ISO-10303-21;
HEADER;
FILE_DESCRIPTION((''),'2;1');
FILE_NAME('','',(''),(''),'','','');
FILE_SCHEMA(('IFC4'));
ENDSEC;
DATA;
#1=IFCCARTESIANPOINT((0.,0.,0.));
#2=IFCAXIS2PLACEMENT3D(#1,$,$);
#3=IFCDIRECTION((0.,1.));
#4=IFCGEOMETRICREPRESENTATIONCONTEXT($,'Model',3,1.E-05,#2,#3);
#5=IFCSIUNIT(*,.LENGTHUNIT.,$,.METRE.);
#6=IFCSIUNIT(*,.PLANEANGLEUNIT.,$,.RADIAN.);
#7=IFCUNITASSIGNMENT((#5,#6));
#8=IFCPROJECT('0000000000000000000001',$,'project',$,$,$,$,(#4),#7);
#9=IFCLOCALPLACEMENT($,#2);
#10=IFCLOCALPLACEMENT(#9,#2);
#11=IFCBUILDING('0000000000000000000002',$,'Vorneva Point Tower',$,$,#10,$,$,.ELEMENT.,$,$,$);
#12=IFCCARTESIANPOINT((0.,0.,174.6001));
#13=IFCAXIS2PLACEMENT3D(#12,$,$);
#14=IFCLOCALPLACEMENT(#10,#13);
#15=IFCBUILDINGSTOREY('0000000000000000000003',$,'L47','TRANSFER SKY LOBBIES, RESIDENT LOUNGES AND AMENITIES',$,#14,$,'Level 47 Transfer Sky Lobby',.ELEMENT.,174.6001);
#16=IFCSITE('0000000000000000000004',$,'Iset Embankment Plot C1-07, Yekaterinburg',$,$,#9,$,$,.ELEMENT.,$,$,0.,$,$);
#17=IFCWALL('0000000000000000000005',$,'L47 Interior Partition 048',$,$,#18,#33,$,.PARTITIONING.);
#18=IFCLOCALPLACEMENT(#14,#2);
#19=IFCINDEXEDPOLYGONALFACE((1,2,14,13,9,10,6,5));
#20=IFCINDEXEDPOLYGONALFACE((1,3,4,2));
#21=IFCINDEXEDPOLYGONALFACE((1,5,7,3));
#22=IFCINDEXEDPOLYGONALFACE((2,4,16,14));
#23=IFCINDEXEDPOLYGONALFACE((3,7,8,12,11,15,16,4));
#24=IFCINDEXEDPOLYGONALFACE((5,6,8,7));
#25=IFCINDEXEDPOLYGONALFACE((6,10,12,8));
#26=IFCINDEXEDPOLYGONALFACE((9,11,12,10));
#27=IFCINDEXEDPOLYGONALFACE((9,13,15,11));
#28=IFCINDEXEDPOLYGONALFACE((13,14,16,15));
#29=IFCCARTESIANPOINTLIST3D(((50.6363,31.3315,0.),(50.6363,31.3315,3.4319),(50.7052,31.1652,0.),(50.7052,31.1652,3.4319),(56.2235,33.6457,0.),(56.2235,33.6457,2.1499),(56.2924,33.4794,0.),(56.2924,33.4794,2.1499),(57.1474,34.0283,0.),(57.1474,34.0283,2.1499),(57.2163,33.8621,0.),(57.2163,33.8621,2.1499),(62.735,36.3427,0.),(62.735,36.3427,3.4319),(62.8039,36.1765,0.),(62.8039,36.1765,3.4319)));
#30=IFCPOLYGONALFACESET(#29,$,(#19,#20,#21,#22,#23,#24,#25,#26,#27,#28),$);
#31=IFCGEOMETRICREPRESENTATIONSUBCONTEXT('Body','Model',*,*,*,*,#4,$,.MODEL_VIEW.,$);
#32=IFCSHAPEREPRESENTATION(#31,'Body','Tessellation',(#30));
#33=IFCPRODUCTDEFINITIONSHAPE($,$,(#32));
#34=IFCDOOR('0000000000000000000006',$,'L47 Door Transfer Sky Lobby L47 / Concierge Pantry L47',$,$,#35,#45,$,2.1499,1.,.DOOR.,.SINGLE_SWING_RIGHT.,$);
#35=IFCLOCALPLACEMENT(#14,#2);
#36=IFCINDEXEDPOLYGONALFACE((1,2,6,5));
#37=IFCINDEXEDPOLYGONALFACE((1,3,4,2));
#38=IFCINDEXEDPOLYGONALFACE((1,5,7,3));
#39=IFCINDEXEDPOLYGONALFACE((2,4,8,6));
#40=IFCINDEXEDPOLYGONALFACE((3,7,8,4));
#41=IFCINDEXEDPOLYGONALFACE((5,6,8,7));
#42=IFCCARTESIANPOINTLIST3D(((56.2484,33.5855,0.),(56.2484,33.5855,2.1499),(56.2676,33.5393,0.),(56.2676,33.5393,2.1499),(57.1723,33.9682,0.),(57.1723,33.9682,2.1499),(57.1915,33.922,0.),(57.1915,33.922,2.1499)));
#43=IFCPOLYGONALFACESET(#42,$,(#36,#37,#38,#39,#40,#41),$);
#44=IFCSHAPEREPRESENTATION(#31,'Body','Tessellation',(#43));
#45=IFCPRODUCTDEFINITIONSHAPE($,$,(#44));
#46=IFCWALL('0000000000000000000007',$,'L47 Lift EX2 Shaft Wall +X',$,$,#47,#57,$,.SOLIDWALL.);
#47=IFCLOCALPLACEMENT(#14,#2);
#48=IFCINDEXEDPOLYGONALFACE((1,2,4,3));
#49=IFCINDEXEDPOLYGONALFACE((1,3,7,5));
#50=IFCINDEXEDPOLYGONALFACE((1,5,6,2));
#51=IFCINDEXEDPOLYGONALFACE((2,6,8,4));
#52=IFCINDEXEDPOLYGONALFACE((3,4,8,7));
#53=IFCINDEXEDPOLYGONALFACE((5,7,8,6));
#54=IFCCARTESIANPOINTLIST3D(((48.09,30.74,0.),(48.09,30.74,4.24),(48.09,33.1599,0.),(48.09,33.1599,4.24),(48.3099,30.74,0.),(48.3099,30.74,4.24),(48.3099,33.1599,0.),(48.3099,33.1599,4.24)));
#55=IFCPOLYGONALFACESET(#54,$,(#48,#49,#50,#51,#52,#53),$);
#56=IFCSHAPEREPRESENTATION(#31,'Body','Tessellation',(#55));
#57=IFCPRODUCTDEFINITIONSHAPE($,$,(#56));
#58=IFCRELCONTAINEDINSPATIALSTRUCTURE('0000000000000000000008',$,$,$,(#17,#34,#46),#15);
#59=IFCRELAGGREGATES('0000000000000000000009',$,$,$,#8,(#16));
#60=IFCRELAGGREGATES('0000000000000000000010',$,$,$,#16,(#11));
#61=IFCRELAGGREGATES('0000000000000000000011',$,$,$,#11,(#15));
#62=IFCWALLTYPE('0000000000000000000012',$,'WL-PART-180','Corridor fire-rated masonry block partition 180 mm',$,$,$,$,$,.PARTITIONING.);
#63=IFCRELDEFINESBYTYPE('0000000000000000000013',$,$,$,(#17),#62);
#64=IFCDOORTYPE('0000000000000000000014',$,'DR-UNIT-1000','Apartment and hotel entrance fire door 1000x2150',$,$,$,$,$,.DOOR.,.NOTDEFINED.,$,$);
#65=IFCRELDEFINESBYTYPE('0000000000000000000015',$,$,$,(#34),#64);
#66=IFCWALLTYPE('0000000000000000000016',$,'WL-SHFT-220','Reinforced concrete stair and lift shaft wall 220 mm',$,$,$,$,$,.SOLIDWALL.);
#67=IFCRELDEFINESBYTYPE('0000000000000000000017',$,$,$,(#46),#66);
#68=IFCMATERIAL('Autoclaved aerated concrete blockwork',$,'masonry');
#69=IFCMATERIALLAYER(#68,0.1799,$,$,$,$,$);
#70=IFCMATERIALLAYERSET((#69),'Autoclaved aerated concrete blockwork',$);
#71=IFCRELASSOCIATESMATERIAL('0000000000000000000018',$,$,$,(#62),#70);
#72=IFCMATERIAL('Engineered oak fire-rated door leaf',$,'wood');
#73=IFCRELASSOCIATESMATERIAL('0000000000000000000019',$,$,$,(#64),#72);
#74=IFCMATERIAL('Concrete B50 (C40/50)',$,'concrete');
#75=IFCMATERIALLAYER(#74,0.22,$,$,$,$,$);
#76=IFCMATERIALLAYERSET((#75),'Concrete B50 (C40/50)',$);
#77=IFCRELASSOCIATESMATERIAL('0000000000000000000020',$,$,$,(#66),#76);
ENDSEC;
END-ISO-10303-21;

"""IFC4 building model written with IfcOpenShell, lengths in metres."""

from ifc_helpers import new_model, si_unit, direction, frame, frame_2d, origin, place, context, subcontext, project, spatial, rectangle, extrude, material, layer, layer_set, type_object, element, fill, save


model = new_model("IFC4")

# Units and contexts
model_context = context("Model", 3, precision=1e-05, world=origin(), true_north=direction((0.0, 1.0)))
body_context = subcontext(model_context, "Body", "Model", "MODEL_VIEW")
ifc_project = project(units=[si_unit("LENGTHUNIT", "METRE"), si_unit("PLANEANGLEUNIT", "RADIAN")], contexts=[model_context])

# Site, building, storey
site_placement = place(None, origin())
site = spatial("IfcSite", under=ifc_project, at=site_placement, Name="Iset Embankment Plot C1-07, Yekaterinburg", CompositionType="ELEMENT", RefElevation=0.0)
building_placement = place(site_placement, origin())
building = spatial("IfcBuilding", under=site, at=building_placement, Name="Vorneva Point Tower", CompositionType="ELEMENT")
storey_placement = place(building_placement, frame((0.0, 0.0, 174.6001)))
storey = spatial("IfcBuildingStorey", under=building, at=storey_placement, Name="L47", Description="TRANSFER SKY LOBBIES, RESIDENT LOUNGES AND AMENITIES", LongName="Level 47 Transfer Sky Lobby", CompositionType="ELEMENT", Elevation=174.6001)

# Shared definitions
ifc_material_1 = material(Name="Autoclaved aerated concrete blockwork", Category="masonry")
ifc_layer_1 = layer(ifc_material_1, 0.1799)
ifc_layer_set_1 = layer_set([ifc_layer_1], Name="Autoclaved aerated concrete blockwork")
wall_type_1 = type_object("IfcWallType", Name="WL-PART-180", Description="Corridor fire-rated masonry block partition 180 mm", PredefinedType="PARTITIONING", material=ifc_layer_set_1)

# Wall, opening, door
wall_1_placement = place(storey_placement, frame((50.6707, 31.2483, 0.0), z_axis=(0.0, 0.0, 1.0), x_axis=(0.923885, 0.382671, 0.0)))
wall_1 = element("IfcWall", 1, at=wall_1_placement, inside=storey, type_object=wall_type_1, Name="L47 Interior Partition 048", PredefinedType="PARTITIONING", context=body_context, shape_type="SweptSolid", body=[
    extrude(rectangle(XDim=13.0955, YDim=0.1799, at=frame_2d((6.5479, 0.0))), origin(), (0.0, 0.0, 1.0), 3.4319),
])
opening_placement = place(wall_1_placement, frame((6.0476, 0.0, 0.0)))
opening = element("IfcOpeningElement", 2, at=opening_placement, cuts=wall_1, PredefinedType="OPENING", context=body_context, shape_type="SweptSolid", body=[
    extrude(rectangle(XDim=1.0, YDim=2.1499, at=frame_2d((0.5, 1.075))), frame((0.0, 0.105, 0.0), z_axis=(0.0, -1.0, 0.0), x_axis=(1.0, 0.0, 0.0)), (0.0, 0.0, 1.0), 0.2097),
])
ifc_material_2 = material(Name="Engineered oak fire-rated door leaf", Category="wood")
door_type = type_object("IfcDoorType", Name="DR-UNIT-1000", Description="Apartment and hotel entrance fire door 1000x2150", OperationType="NOTDEFINED", PredefinedType="DOOR", material=ifc_material_2)
door_placement = place(opening_placement, origin())
door = element("IfcDoor", 3, at=door_placement, inside=storey, type_object=door_type, Name="L47 Door Transfer Sky Lobby L47 / Concierge Pantry L47", OperationType="SINGLE_SWING_RIGHT", OverallHeight=2.1499, OverallWidth=1.0, PredefinedType="DOOR", context=body_context, shape_type="SweptSolid", body=[
    extrude(rectangle(XDim=1.0, YDim=2.1499, at=frame_2d((0.5, 1.075))), frame((0.0, 0.0249, 0.0), z_axis=(0.0, -1.0, 0.0), x_axis=(1.0, 0.0, 0.0)), (0.0, 0.0, 1.0), 0.05),
])
fill(opening, door)

# Wall
ifc_material_3 = material(Name="Concrete B50 (C40/50)", Category="concrete")
ifc_layer_2 = layer(ifc_material_3, 0.22)
ifc_layer_set_2 = layer_set([ifc_layer_2], Name="Concrete B50 (C40/50)")
wall_type_2 = type_object("IfcWallType", Name="WL-SHFT-220", Description="Reinforced concrete stair and lift shaft wall 220 mm", PredefinedType="SOLIDWALL", material=ifc_layer_set_2)
wall_2_placement = place(storey_placement, frame((48.2, 30.74, 0.0), z_axis=(0.0, 0.0, 1.0), x_axis=(0.0, 1.0, 0.0)))
element("IfcWall", 4, at=wall_2_placement, inside=storey, type_object=wall_type_2, Name="L47 Lift EX2 Shaft Wall +X", PredefinedType="SOLIDWALL", context=body_context, shape_type="SweptSolid", body=[
    extrude(rectangle(XDim=2.4199, YDim=0.22, at=frame_2d((1.21, 0.0))), origin(), (0.0, 0.0, 1.0), 4.24),
])

save(model, "model.ifc")
